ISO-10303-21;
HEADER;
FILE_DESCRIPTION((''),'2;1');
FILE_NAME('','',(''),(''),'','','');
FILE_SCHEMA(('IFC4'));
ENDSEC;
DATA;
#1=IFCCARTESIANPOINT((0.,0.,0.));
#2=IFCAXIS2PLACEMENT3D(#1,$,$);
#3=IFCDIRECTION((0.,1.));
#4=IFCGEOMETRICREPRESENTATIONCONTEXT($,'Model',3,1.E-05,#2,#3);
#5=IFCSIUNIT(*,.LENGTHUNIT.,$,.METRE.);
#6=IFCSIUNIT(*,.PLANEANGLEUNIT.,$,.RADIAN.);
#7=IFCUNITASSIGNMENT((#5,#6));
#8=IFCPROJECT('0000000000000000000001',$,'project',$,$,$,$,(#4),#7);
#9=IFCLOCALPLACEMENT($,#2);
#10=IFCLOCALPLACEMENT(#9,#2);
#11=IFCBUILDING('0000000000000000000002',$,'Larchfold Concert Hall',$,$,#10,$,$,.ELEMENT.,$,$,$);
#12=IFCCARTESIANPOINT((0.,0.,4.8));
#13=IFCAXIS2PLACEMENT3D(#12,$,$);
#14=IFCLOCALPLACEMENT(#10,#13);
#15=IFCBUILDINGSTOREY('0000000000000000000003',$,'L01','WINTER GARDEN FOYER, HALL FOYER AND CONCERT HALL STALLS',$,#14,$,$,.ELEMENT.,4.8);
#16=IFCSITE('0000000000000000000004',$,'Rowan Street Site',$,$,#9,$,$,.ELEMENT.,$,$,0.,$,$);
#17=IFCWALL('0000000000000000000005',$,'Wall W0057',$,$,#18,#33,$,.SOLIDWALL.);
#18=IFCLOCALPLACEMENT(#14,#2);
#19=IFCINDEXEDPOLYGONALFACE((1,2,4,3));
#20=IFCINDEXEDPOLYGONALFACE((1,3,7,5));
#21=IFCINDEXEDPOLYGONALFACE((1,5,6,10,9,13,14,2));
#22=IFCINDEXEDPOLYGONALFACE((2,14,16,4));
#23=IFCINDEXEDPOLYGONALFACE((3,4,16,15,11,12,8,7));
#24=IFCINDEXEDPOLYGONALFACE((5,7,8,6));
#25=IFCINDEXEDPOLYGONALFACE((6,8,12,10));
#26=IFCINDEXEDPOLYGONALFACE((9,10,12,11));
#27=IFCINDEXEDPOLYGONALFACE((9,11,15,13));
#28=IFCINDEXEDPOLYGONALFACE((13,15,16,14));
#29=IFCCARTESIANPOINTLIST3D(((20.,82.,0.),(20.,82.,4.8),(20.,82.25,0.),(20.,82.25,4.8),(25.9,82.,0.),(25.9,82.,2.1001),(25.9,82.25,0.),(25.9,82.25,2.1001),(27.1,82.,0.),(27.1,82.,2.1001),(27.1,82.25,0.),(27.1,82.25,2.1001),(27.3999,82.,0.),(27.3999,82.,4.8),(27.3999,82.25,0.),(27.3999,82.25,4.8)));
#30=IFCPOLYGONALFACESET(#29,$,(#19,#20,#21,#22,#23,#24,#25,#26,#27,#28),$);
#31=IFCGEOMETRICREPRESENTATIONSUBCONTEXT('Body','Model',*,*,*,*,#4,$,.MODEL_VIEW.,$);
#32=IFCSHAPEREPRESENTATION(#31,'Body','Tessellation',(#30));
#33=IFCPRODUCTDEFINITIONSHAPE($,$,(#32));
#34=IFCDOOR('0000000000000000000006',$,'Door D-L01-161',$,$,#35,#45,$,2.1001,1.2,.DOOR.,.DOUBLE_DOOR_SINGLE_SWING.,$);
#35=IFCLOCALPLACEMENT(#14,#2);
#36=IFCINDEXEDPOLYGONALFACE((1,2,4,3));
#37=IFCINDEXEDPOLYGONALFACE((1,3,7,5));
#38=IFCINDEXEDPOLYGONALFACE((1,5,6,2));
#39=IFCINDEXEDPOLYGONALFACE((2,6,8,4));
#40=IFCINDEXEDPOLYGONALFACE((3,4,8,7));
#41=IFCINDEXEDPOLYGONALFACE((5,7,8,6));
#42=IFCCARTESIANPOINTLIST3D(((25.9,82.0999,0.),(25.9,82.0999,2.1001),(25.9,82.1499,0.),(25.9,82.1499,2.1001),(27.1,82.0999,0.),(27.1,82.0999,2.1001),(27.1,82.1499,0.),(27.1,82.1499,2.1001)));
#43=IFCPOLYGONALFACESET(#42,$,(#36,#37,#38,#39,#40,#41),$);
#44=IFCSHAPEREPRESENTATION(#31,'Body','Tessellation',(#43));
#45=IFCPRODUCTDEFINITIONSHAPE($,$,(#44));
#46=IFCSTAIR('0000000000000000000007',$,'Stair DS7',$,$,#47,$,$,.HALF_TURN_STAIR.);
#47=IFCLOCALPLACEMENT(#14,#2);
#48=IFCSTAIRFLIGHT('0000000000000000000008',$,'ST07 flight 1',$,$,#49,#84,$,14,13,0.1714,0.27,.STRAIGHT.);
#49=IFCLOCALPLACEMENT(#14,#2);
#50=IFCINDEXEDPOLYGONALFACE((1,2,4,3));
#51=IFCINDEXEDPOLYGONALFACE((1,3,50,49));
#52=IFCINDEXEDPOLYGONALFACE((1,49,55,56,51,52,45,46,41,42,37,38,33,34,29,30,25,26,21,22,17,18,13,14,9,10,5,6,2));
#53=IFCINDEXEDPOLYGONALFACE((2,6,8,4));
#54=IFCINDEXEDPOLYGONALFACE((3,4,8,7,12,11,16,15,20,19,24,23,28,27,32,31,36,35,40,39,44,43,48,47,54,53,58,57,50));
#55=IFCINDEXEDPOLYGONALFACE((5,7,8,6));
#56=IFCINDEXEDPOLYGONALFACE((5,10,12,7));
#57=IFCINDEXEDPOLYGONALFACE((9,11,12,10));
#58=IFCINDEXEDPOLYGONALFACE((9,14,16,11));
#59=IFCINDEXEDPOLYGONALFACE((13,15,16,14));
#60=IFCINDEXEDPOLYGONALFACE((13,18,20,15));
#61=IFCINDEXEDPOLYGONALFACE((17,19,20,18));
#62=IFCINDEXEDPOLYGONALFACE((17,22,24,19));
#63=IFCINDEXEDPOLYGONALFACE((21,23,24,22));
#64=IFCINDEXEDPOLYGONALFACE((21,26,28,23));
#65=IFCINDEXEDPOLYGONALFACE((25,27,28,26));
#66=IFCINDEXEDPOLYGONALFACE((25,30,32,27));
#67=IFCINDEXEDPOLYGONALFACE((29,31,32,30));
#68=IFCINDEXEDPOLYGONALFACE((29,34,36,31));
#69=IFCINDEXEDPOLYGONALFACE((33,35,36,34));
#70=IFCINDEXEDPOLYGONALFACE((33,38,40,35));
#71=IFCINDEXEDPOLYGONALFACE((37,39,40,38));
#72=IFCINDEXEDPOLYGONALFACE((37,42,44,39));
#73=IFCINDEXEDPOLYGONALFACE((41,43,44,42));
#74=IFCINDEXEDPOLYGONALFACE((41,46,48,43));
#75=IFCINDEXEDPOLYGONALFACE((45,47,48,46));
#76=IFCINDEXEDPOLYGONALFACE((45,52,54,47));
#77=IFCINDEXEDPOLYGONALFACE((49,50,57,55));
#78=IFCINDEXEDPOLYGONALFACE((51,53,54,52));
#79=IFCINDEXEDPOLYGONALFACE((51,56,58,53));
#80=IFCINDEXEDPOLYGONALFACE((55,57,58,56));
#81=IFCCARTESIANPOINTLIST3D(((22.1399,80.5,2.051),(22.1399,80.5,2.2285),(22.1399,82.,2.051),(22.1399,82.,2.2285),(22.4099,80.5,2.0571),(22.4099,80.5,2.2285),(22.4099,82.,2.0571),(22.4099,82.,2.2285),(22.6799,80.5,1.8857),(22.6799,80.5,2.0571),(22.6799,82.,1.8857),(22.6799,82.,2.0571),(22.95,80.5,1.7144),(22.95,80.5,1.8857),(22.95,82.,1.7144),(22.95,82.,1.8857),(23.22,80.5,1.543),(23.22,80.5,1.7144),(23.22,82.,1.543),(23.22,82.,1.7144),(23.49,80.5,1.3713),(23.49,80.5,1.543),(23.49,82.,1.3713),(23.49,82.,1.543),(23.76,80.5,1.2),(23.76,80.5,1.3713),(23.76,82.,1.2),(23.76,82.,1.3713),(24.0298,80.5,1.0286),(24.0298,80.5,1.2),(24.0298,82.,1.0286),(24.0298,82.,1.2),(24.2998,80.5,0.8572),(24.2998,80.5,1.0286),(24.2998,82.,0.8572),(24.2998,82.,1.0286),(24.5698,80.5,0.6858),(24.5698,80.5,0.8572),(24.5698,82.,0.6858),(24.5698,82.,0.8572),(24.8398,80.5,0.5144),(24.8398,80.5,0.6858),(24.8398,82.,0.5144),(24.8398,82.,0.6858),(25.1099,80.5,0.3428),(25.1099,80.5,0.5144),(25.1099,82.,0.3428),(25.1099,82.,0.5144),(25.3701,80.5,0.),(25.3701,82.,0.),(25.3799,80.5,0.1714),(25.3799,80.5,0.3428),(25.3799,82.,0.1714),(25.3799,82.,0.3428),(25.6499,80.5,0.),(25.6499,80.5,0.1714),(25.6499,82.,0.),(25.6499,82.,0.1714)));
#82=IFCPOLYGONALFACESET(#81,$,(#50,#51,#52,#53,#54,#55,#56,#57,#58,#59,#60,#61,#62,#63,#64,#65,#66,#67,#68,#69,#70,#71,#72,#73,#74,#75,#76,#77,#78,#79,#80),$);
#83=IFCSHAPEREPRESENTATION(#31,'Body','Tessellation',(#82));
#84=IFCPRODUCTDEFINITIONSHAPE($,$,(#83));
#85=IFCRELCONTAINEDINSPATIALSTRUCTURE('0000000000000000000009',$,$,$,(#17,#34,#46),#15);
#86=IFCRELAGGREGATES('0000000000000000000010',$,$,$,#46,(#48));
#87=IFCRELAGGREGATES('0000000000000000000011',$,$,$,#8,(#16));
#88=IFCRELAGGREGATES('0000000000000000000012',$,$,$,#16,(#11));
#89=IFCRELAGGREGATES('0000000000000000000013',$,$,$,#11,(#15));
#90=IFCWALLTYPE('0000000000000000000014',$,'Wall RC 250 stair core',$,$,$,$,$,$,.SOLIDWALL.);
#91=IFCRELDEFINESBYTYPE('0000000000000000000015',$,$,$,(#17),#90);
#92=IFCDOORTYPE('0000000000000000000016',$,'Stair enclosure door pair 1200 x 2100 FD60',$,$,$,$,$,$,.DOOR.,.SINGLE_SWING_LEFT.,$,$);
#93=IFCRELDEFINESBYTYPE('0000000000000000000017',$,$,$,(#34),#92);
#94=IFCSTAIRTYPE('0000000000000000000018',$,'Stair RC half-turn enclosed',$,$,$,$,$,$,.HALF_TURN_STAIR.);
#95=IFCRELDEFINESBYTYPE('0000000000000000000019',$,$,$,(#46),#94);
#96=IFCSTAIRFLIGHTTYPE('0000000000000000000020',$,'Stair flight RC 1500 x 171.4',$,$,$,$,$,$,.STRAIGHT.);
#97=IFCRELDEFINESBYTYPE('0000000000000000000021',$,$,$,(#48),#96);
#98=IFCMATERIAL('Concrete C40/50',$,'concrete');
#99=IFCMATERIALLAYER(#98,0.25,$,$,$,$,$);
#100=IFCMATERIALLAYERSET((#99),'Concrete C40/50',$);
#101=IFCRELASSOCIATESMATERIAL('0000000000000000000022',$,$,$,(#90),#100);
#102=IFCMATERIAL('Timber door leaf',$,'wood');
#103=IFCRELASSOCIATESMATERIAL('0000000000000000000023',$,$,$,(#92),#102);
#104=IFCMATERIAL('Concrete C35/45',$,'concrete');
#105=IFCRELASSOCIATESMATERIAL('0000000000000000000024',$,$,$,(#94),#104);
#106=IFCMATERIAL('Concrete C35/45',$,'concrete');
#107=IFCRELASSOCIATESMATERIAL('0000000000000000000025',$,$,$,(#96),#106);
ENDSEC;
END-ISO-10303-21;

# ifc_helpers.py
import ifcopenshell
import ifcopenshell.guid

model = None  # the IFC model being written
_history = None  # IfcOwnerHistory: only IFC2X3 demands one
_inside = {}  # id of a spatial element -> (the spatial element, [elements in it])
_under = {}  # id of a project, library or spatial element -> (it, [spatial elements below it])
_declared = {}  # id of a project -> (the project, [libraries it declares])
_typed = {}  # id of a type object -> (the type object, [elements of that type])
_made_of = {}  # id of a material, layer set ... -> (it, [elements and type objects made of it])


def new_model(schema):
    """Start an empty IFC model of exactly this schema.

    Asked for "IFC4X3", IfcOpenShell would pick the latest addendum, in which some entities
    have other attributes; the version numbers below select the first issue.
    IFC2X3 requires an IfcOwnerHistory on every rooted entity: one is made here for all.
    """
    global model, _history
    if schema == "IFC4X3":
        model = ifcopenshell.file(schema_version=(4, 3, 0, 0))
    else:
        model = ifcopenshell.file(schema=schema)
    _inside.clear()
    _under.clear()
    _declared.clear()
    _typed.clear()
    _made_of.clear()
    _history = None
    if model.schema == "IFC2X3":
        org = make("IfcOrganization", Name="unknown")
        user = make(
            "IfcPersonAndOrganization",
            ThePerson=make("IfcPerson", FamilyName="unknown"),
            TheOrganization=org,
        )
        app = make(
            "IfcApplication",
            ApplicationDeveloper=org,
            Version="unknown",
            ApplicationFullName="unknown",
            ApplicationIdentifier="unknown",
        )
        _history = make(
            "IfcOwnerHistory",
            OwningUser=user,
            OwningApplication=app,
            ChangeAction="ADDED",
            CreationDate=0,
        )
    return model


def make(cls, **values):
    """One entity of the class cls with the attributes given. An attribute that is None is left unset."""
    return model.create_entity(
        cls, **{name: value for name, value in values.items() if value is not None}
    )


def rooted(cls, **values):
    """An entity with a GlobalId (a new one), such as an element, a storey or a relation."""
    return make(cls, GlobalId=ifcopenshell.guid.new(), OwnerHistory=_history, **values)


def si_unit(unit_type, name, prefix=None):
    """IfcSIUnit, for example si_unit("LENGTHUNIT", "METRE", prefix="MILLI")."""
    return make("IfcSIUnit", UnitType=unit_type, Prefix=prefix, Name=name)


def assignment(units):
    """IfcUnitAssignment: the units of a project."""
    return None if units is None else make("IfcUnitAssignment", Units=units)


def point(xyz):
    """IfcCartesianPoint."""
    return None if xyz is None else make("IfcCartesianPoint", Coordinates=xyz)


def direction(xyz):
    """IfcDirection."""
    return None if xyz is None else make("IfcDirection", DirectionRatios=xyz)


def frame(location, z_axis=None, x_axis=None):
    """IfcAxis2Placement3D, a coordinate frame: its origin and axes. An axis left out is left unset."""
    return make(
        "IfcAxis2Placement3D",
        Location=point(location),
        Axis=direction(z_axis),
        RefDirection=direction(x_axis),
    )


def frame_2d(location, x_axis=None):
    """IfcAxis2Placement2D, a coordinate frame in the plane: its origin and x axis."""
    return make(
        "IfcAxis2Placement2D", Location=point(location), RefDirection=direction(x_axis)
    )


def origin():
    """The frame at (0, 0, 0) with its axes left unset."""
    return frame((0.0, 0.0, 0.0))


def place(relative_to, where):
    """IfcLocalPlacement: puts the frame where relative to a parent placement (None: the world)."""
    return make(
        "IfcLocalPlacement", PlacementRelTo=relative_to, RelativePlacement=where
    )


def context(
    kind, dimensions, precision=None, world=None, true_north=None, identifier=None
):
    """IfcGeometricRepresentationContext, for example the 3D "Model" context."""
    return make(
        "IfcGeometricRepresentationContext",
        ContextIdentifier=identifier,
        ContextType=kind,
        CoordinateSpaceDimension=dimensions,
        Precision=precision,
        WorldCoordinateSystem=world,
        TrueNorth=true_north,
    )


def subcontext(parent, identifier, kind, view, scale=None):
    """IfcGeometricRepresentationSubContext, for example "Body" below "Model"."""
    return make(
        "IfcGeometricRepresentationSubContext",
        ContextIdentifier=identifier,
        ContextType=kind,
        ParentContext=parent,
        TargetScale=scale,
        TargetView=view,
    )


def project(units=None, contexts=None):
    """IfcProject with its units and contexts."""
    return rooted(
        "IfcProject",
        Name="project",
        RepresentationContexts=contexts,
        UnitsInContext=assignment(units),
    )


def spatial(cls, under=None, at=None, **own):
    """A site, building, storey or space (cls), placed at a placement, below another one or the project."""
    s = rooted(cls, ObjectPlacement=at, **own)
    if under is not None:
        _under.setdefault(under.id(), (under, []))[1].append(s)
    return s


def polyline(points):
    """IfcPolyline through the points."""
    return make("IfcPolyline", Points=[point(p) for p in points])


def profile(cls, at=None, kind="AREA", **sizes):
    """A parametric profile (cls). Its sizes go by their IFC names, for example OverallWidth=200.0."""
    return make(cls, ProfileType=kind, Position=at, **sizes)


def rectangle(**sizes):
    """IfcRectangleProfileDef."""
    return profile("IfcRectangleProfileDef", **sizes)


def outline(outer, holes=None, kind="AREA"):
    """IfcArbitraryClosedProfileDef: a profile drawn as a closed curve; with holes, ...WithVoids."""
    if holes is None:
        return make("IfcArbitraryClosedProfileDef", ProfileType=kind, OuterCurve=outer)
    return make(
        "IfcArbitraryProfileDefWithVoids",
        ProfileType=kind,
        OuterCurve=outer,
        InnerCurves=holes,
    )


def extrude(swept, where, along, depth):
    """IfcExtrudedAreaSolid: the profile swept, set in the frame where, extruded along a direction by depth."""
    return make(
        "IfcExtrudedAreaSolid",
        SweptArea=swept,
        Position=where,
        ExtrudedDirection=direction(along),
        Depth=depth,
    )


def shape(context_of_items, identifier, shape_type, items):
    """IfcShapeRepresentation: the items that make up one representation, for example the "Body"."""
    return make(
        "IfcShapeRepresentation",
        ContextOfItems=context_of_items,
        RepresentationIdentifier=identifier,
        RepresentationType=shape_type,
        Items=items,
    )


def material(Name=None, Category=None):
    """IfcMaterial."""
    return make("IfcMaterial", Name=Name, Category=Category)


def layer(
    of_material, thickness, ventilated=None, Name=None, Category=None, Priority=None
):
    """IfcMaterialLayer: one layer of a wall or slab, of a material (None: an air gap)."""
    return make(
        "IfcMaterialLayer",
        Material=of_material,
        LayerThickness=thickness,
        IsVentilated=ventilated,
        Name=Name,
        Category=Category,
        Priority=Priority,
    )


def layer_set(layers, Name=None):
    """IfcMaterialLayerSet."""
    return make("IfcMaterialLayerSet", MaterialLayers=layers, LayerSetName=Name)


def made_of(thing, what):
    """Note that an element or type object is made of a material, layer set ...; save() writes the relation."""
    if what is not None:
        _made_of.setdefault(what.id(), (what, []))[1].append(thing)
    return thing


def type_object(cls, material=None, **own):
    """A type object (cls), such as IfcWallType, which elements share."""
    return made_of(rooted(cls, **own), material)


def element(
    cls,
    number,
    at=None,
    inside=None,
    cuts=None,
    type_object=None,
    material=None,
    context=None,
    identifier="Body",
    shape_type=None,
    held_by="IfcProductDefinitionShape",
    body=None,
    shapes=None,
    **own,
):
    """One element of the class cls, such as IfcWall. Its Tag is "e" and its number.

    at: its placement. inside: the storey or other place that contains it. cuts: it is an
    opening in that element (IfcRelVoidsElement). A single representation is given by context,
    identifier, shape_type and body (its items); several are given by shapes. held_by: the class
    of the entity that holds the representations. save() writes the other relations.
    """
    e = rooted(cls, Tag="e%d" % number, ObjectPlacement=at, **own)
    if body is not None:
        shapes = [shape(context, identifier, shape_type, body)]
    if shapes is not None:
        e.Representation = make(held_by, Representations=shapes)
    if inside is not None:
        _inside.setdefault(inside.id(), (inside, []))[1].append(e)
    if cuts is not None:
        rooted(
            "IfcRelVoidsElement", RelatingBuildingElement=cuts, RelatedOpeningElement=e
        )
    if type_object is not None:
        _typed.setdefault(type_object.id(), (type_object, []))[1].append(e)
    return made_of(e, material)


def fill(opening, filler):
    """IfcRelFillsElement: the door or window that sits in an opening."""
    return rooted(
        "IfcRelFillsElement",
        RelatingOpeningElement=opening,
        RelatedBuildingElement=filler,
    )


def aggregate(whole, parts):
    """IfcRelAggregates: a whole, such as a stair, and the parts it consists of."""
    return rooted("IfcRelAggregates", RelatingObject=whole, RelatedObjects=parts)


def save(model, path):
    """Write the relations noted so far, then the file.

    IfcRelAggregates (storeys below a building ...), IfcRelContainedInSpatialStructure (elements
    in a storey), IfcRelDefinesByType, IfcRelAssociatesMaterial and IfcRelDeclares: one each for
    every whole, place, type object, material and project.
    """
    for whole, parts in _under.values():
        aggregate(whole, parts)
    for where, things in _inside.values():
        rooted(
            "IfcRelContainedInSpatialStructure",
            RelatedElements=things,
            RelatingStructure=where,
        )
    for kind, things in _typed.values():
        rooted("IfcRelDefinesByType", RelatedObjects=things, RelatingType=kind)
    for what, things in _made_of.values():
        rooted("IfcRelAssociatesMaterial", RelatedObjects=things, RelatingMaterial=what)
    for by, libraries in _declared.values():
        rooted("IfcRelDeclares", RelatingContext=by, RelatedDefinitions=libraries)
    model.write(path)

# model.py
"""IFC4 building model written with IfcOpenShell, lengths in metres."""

from ifc_helpers import new_model, si_unit, direction, frame, frame_2d, origin, place, context, subcontext, project, spatial, polyline, rectangle, outline, extrude, material, layer, layer_set, type_object, element, fill, aggregate, save


model = new_model("IFC4")

# Units and contexts
model_context = context("Model", 3, precision=1e-05, world=origin(), true_north=direction((0.0, 1.0)))
body_context = subcontext(model_context, "Body", "Model", "MODEL_VIEW")
ifc_project = project(units=[si_unit("LENGTHUNIT", "METRE"), si_unit("PLANEANGLEUNIT", "RADIAN")], contexts=[model_context])

# Site, building, storey
site_placement = place(None, origin())
site = spatial("IfcSite", under=ifc_project, at=site_placement, Name="Rowan Street Site", CompositionType="ELEMENT", RefElevation=0.0)
building_placement = place(site_placement, origin())
building = spatial("IfcBuilding", under=site, at=building_placement, Name="Larchfold Concert Hall", CompositionType="ELEMENT")
storey_placement = place(building_placement, frame((0.0, 0.0, 4.8)))
storey = spatial("IfcBuildingStorey", under=building, at=storey_placement, Name="L01", Description="WINTER GARDEN FOYER, HALL FOYER AND CONCERT HALL STALLS", CompositionType="ELEMENT", Elevation=4.8)

# Wall, opening, door
ifc_material_1 = material(Name="Concrete C40/50", Category="concrete")
ifc_layer_1 = layer(ifc_material_1, 0.25)
ifc_layer_set_1 = layer_set([ifc_layer_1], Name="Concrete C40/50")
wall_type_1 = type_object("IfcWallType", Name="Wall RC 250 stair core", PredefinedType="SOLIDWALL", material=ifc_layer_set_1)
wall_1_placement = place(storey_placement, frame((20.0, 82.125, 0.0), z_axis=(0.0, 0.0, 1.0), x_axis=(1.0, 0.0, 0.0)))
wall_1 = element("IfcWall", 1, at=wall_1_placement, inside=storey, type_object=wall_type_1, Name="Wall W0057", PredefinedType="SOLIDWALL", context=body_context, shape_type="SweptSolid", body=[
    extrude(rectangle(XDim=7.3999, YDim=0.25, at=frame_2d((3.7, 0.0))), origin(), (0.0, 0.0, 1.0), 4.8),
])
opening_1_placement = place(wall_1_placement, frame((5.8999, 0.0, 0.0)))
opening_1 = element("IfcOpeningElement", 2, at=opening_1_placement, cuts=wall_1, PredefinedType="OPENING", context=body_context, shape_type="SweptSolid", body=[
    extrude(rectangle(XDim=1.2, YDim=2.1001, at=frame_2d((0.6001, 1.05))), frame((0.0, 0.135, 0.0), z_axis=(0.0, -1.0, 0.0), x_axis=(1.0, 0.0, 0.0)), (0.0, 0.0, 1.0), 0.27),
])
ifc_material_2 = material(Name="Timber door leaf", Category="wood")
door_type_1 = type_object("IfcDoorType", Name="Stair enclosure door pair 1200 x 2100 FD60", OperationType="SINGLE_SWING_LEFT", PredefinedType="DOOR", material=ifc_material_2)
door_1_placement = place(opening_1_placement, origin())
door_1 = element("IfcDoor", 3, at=door_1_placement, inside=storey, type_object=door_type_1, Name="Door D-L01-161", OperationType="DOUBLE_DOOR_SINGLE_SWING", OverallHeight=2.1001, OverallWidth=1.2, PredefinedType="DOOR", context=body_context, shape_type="SweptSolid", body=[
    extrude(rectangle(XDim=1.2, YDim=2.1001, at=frame_2d((0.6001, 1.05))), frame((0.0, 0.0249, 0.0), z_axis=(0.0, -1.0, 0.0), x_axis=(1.0, 0.0, 0.0)), (0.0, 0.0, 1.0), 0.05),
])
fill(opening_1, door_1)

# Stair, stair flight
ifc_material_3 = material(Name="Concrete C35/45", Category="concrete")
stair_type = type_object("IfcStairType", Name="Stair RC half-turn enclosed", PredefinedType="HALF_TURN_STAIR", material=ifc_material_3)
stair_placement = place(storey_placement, origin())
stair = element("IfcStair", 4, at=stair_placement, inside=storey, type_object=stair_type, Name="Stair DS7", PredefinedType="HALF_TURN_STAIR")
ifc_material_4 = material(Name="Concrete C35/45", Category="concrete")
stair_flight_type = type_object("IfcStairFlightType", Name="Stair flight RC 1500 x 171.4", PredefinedType="STRAIGHT", material=ifc_material_4)
stair_flight_placement = place(storey_placement, frame((25.6499, 81.25, 0.0), z_axis=(0.0, 0.0, 1.0), x_axis=(-1.0, 0.0, 0.0)))
stair_flight = element("IfcStairFlight", 5, at=stair_flight_placement, type_object=stair_flight_type, Name="ST07 flight 1", NumberOfRisers=14, NumberOfTreads=13, PredefinedType="STRAIGHT", RiserHeight=0.1714, TreadLength=0.27, context=body_context, shape_type="SweptSolid", body=[
    extrude(outline(polyline([(0.0, 0.0), (0.0, 0.1714), (0.27, 0.1714), (0.27, 0.3428), (0.54, 0.3428), (0.54, 0.5144), (0.8101, 0.5144), (0.8101, 0.6858), (1.0801, 0.6858), (1.0801, 0.8572), (1.3501, 0.8572), (1.3501, 1.0286), (1.6201, 1.0286), (1.6201, 1.2), (1.8899, 1.2), (1.8899, 1.3713), (2.1599, 1.3713), (2.1599, 1.543), (2.4299, 1.543), (2.4299, 1.7144), (2.7, 1.7144), (2.7, 1.8857), (2.97, 1.8857), (2.97, 2.0571), (3.24, 2.0571), (3.24, 2.2285), (3.51, 2.2285), (3.51, 2.3999), (3.51, 2.051), (0.2798, 0.0), (0.0, 0.0)])), frame((0.0, 0.75, 0.0), z_axis=(0.0, -1.0, 0.0), x_axis=(1.0, 0.0, 0.0)), (0.0, 0.0, 1.0), 1.5),
])
aggregate(stair, [stair_flight])

save(model, "model.ifc")
